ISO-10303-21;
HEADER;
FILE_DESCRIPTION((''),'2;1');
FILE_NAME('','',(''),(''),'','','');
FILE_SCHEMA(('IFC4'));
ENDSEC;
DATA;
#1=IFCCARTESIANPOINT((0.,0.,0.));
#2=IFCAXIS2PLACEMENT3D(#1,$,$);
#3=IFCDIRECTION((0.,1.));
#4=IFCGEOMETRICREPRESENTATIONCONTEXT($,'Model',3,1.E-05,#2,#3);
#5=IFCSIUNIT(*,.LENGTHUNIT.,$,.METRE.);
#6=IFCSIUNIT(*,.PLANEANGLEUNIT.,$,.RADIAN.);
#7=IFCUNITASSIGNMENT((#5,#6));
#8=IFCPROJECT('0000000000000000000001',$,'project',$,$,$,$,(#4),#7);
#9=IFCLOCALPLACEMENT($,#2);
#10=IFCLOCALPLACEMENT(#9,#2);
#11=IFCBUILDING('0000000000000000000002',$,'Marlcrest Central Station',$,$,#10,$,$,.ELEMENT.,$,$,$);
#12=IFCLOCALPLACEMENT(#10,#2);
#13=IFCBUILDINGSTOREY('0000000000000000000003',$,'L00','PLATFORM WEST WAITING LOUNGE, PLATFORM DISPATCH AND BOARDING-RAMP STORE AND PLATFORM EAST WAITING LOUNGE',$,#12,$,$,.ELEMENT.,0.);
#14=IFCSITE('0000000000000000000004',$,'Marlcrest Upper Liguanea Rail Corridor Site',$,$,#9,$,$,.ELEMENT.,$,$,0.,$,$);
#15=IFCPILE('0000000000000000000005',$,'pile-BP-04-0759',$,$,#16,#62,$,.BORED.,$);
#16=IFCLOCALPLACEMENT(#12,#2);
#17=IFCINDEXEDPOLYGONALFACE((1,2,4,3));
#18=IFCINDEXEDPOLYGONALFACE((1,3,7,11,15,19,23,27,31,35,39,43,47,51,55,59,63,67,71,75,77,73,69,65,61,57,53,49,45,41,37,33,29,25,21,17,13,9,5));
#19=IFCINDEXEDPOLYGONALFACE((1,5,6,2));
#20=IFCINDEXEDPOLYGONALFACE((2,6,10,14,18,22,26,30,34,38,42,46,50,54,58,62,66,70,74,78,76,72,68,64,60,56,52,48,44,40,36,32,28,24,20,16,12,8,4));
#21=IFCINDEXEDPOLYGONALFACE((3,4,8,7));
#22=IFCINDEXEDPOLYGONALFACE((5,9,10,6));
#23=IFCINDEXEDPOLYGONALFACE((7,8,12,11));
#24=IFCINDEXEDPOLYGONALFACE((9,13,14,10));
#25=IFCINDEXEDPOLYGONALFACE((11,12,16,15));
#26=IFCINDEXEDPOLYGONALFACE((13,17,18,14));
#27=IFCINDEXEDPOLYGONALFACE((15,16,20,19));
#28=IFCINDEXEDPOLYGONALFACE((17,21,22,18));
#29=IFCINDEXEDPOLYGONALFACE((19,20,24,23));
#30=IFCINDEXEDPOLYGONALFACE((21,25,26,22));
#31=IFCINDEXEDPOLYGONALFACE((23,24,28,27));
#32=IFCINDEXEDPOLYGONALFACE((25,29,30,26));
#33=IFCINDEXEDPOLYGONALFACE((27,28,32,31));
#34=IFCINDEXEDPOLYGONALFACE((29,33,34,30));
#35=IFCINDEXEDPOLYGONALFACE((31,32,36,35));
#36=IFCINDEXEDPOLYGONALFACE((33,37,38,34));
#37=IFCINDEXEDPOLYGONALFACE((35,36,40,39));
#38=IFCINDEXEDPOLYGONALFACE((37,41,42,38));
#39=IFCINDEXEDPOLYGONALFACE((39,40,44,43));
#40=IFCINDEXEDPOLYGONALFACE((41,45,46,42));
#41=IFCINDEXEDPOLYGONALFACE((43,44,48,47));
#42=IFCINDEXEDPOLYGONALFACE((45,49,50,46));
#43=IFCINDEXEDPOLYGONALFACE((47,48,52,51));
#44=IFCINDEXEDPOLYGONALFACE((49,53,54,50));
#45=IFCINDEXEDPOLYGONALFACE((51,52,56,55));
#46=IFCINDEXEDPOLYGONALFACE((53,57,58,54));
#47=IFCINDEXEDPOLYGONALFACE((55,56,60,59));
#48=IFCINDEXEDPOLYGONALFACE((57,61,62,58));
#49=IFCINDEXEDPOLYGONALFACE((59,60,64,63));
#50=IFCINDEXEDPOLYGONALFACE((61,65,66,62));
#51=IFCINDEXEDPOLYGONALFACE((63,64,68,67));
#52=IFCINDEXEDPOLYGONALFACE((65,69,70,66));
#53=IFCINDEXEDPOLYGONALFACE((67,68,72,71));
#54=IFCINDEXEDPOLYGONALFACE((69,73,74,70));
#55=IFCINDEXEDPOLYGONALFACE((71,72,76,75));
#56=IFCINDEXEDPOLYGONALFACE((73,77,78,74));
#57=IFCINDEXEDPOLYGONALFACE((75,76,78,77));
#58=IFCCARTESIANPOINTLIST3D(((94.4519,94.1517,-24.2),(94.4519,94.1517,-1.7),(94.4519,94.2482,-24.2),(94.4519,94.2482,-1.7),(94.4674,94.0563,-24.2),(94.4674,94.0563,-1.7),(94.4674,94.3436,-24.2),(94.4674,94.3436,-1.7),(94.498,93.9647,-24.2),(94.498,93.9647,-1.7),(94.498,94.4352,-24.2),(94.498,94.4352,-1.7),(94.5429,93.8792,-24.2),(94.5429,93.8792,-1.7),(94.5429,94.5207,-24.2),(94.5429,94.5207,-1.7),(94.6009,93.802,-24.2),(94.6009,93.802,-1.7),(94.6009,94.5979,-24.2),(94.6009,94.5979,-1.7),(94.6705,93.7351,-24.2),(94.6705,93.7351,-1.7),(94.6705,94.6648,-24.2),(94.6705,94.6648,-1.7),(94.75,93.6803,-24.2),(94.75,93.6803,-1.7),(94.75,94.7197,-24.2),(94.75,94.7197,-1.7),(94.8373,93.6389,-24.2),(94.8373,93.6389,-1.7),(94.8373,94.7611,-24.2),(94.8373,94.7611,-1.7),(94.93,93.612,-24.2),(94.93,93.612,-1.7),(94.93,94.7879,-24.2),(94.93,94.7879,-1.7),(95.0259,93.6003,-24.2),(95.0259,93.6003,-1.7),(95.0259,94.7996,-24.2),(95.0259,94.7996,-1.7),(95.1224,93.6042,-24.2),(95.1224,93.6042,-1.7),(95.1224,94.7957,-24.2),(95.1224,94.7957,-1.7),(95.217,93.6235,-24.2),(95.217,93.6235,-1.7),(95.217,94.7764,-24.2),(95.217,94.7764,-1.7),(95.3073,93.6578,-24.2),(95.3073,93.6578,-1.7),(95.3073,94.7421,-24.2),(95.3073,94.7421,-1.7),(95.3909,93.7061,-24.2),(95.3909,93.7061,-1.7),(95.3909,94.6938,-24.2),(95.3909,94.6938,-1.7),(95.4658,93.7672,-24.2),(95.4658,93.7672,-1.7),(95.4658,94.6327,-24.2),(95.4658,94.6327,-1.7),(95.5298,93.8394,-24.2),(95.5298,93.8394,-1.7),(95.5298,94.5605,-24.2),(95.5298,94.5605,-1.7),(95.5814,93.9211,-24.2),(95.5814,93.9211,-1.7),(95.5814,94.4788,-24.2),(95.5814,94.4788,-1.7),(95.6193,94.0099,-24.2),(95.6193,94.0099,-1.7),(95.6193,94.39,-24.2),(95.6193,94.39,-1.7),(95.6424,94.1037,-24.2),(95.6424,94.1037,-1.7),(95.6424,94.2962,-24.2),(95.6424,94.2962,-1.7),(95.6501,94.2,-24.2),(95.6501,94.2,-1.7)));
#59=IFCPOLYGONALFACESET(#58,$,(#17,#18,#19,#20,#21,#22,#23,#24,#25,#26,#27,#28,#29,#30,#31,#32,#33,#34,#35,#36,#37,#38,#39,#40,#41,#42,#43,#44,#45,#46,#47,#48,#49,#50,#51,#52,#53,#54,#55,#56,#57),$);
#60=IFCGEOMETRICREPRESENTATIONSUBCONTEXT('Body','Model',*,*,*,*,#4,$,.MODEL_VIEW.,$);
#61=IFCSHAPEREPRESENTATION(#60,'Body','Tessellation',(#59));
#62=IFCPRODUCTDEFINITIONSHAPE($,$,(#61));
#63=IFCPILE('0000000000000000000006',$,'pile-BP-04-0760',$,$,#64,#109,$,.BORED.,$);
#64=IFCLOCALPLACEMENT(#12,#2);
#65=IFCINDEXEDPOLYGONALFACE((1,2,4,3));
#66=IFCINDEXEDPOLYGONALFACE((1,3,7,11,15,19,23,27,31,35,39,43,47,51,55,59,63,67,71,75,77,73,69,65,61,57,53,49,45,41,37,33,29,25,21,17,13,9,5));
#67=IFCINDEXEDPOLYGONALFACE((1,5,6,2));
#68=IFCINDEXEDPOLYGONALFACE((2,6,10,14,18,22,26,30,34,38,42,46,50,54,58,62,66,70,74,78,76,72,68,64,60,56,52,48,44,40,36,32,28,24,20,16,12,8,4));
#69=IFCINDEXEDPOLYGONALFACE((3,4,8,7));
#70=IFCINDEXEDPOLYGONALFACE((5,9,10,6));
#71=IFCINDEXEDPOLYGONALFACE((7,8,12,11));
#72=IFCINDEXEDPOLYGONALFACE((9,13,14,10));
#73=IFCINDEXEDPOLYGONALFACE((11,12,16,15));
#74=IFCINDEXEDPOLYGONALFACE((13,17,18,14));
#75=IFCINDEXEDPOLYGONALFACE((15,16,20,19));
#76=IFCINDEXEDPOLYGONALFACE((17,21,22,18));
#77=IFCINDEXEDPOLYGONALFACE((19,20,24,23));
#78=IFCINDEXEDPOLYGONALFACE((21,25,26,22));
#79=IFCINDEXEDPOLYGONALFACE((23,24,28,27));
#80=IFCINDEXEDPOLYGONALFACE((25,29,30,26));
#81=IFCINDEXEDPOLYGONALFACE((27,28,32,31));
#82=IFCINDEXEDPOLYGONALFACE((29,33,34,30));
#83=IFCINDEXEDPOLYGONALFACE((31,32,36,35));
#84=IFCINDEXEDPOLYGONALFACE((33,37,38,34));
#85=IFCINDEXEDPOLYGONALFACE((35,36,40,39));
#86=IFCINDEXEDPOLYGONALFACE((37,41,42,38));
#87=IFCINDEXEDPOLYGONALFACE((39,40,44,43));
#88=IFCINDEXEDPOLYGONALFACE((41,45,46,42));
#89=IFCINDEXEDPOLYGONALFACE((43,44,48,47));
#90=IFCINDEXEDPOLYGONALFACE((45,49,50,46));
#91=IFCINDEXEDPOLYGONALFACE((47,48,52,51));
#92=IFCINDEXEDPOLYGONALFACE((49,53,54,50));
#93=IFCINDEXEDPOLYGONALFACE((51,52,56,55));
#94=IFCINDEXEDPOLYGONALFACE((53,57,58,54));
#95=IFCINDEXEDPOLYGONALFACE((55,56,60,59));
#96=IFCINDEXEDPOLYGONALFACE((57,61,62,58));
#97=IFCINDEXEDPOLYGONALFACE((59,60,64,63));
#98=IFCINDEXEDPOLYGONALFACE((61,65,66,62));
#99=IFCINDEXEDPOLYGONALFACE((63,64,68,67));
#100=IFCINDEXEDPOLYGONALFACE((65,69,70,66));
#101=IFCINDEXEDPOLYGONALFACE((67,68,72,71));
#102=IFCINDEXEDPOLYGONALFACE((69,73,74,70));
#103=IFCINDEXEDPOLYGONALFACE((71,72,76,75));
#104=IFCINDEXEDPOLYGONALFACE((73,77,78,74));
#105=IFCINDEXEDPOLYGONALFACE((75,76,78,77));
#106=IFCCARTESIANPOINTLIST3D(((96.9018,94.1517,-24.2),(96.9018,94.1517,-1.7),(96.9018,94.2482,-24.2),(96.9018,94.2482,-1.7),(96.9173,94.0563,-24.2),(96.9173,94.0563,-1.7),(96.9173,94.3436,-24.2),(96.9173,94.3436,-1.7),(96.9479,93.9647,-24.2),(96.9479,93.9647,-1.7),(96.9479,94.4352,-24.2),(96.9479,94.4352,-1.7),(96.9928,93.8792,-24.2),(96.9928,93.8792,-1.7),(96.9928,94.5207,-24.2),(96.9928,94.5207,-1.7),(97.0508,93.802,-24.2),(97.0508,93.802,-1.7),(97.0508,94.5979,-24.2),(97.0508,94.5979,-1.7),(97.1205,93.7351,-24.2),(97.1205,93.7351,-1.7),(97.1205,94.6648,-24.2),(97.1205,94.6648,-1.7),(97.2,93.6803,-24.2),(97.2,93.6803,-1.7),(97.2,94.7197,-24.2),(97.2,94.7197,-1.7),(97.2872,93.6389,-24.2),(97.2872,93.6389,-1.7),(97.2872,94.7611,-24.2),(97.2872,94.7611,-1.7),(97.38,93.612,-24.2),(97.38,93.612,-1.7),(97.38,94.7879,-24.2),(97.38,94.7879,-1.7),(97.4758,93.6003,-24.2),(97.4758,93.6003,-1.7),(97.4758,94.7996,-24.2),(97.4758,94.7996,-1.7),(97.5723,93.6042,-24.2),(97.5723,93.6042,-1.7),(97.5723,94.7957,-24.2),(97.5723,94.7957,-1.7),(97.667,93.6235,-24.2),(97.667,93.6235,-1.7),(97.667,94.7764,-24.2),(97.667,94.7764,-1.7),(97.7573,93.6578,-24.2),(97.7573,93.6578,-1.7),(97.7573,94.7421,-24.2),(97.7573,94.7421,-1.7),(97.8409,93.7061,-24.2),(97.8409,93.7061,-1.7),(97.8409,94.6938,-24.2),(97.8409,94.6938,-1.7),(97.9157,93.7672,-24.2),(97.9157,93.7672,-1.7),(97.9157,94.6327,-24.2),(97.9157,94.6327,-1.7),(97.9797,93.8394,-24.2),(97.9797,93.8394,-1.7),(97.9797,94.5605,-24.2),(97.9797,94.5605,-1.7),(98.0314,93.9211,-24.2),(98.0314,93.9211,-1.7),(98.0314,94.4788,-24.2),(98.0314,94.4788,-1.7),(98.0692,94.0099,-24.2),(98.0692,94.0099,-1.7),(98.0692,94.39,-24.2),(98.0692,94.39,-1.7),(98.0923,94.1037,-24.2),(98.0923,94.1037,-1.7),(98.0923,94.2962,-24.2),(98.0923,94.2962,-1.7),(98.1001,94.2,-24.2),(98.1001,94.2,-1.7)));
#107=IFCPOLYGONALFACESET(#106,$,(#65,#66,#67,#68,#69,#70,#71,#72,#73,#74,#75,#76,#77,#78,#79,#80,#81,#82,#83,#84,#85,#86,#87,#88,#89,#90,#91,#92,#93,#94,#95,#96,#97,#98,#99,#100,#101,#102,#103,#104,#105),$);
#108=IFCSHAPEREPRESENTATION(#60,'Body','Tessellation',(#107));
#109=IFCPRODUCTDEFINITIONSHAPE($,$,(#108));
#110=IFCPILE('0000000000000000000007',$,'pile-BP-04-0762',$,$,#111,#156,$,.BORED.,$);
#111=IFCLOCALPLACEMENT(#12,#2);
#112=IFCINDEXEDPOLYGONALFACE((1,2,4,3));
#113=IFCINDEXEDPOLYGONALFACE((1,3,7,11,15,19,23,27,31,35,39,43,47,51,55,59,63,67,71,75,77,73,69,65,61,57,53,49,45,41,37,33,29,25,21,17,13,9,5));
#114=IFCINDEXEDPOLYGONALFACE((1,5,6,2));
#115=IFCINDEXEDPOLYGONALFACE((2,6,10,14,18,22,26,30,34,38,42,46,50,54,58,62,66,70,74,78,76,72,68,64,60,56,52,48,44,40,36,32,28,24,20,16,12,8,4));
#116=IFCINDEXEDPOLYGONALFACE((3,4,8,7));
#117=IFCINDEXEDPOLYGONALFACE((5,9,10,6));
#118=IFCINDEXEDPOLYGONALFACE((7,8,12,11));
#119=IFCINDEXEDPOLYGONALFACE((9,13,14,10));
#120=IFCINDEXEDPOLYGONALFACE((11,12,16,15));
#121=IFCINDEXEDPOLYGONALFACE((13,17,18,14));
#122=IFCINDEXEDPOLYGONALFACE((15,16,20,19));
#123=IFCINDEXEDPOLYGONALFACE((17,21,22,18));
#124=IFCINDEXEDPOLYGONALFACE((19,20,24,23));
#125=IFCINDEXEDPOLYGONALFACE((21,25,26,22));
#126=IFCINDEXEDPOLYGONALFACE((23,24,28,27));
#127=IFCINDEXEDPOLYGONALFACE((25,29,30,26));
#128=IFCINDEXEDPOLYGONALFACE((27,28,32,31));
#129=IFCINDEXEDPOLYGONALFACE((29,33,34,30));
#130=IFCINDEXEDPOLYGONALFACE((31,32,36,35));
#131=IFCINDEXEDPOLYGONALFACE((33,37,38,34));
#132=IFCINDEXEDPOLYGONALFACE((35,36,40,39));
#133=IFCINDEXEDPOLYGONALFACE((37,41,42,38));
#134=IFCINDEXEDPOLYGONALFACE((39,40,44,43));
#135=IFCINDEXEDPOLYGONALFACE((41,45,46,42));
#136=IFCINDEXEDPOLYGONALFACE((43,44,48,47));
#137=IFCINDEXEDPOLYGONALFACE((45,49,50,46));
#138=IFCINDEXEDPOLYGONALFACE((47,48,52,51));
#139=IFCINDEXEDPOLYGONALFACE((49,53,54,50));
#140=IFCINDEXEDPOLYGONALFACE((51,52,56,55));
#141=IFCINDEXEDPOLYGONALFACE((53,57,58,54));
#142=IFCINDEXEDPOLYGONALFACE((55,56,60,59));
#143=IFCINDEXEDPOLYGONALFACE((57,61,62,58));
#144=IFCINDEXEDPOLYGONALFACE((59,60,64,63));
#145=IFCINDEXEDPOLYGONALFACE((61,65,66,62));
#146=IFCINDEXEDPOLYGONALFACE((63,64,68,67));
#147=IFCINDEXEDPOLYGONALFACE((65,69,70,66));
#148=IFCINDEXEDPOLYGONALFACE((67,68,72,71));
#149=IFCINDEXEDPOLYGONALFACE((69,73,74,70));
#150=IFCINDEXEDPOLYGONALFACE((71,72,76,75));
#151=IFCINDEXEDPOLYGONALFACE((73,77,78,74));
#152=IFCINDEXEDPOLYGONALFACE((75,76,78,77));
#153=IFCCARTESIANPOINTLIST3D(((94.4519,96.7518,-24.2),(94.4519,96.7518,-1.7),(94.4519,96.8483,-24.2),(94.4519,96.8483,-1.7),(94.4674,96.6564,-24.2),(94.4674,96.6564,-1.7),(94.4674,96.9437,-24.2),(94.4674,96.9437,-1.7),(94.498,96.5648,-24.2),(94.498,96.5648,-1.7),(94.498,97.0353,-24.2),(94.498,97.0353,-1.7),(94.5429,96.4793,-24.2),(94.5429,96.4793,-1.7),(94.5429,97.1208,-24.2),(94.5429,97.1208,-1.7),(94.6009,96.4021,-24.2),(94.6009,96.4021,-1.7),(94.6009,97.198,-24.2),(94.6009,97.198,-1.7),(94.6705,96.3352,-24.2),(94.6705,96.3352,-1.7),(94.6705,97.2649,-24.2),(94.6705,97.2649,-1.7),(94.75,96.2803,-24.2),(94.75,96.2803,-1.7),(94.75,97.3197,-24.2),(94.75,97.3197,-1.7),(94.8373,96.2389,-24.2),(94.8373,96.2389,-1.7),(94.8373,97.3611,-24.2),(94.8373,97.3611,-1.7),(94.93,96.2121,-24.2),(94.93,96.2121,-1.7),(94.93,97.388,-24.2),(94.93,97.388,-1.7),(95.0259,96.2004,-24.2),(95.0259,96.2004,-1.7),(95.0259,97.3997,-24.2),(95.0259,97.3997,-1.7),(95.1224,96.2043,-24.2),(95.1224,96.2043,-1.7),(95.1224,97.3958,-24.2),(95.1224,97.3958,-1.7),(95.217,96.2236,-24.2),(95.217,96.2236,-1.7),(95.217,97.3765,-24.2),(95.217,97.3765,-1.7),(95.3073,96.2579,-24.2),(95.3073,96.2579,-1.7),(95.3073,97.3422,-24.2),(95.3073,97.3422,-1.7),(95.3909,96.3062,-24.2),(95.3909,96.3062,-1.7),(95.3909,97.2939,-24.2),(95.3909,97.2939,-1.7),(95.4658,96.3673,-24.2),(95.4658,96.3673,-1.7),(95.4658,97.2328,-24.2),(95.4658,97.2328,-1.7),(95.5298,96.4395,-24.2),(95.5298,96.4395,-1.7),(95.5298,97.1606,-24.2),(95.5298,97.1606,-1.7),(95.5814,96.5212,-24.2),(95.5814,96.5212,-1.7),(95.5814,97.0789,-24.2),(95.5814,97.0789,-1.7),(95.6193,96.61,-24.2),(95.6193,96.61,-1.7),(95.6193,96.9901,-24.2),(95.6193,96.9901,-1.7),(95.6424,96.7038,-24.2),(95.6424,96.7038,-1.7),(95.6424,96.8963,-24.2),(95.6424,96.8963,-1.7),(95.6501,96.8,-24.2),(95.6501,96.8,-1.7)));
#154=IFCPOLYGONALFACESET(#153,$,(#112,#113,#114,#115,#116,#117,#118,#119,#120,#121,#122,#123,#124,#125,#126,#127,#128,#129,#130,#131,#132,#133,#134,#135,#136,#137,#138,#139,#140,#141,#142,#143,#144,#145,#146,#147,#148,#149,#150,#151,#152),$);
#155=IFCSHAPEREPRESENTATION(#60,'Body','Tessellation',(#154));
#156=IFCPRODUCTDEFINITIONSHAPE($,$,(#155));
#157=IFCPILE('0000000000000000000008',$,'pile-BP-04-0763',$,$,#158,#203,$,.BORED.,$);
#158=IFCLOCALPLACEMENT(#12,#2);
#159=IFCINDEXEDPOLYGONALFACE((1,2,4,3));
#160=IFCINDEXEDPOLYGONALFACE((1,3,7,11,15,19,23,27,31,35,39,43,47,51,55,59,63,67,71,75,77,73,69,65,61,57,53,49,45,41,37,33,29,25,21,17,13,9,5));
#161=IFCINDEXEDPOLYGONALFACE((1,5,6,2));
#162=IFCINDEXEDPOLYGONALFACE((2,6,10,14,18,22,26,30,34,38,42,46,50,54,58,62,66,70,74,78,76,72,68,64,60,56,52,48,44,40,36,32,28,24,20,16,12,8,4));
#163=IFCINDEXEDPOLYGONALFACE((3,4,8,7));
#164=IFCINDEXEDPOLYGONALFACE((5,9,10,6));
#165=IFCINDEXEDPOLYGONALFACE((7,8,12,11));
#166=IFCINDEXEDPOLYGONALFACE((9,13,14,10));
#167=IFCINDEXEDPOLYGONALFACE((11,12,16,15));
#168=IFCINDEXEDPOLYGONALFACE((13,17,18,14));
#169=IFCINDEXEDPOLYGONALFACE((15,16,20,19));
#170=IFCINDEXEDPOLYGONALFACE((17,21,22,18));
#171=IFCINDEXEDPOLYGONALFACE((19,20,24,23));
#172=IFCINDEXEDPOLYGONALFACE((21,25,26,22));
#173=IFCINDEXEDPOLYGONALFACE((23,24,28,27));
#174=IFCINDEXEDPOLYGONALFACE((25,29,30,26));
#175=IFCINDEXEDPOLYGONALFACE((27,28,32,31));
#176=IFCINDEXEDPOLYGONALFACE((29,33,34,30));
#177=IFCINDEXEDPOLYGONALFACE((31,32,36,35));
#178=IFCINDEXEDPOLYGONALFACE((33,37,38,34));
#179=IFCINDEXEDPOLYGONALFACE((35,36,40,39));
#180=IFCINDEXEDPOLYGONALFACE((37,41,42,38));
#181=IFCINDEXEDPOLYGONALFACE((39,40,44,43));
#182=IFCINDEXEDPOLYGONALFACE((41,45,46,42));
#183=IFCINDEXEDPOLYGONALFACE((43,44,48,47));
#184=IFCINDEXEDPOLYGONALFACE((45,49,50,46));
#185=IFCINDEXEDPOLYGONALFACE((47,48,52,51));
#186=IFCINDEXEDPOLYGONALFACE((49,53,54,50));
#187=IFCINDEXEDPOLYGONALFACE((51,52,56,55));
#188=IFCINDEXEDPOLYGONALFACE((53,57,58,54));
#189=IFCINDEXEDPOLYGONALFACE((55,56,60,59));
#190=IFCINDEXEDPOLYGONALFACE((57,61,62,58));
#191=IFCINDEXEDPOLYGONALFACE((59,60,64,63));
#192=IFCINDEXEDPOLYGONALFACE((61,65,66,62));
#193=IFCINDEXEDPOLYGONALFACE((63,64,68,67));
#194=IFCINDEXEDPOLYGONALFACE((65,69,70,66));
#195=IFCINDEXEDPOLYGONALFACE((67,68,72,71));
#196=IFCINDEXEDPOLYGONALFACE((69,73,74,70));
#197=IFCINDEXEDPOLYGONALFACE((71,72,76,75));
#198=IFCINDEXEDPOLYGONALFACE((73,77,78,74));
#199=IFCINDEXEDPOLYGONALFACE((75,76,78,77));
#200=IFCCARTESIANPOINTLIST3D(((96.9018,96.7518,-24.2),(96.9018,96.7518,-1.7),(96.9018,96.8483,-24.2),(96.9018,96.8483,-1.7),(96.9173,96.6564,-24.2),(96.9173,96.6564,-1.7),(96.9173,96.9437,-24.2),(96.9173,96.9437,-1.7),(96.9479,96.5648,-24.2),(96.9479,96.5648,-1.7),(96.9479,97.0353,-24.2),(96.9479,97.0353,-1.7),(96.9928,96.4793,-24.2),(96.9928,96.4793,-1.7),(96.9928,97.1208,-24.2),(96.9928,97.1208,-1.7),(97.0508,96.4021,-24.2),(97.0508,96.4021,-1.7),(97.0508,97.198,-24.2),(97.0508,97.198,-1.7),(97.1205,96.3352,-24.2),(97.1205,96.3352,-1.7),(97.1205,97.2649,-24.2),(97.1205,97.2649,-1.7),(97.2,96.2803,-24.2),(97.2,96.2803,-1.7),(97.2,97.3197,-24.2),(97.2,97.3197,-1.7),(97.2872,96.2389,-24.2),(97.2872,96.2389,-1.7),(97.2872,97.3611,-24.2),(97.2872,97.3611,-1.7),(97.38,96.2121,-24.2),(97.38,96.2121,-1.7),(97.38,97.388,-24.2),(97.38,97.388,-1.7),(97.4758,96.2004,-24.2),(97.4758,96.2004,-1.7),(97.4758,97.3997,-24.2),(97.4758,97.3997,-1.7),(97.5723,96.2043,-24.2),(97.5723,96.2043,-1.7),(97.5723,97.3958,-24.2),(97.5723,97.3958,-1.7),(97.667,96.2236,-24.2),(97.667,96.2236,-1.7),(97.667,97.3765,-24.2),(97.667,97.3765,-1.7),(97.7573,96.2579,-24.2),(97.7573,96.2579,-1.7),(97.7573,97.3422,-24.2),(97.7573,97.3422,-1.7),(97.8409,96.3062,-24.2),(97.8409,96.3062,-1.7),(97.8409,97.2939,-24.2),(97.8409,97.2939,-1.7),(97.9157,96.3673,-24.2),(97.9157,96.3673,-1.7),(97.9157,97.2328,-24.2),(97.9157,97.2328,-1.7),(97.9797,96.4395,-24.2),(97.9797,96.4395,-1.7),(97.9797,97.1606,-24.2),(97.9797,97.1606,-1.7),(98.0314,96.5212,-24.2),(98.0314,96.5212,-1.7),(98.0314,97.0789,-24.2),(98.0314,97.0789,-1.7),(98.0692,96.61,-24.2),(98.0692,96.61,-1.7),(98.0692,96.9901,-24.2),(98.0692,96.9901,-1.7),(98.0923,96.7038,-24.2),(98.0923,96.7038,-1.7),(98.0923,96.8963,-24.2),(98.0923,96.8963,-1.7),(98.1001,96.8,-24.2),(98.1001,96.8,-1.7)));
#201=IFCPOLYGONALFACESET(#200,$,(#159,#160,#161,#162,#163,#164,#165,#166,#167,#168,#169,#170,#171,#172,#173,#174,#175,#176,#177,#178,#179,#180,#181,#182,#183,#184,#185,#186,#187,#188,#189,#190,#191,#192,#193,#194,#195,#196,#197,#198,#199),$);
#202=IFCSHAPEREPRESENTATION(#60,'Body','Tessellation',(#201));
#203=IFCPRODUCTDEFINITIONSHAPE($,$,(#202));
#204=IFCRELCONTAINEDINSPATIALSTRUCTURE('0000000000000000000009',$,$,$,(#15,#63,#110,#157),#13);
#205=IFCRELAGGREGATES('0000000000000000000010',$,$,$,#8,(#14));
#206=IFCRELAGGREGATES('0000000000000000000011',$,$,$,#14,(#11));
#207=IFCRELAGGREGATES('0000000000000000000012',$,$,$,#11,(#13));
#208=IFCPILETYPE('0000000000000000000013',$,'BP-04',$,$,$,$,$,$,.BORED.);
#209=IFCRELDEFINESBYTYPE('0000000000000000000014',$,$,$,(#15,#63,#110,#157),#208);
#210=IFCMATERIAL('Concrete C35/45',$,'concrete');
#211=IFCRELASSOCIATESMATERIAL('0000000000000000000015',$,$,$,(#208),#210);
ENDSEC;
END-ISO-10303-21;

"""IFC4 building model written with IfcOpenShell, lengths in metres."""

from ifc_helpers import new_model, si_unit, direction, frame, origin, origin_2d, place, context, subcontext, project, spatial, circle, extrude, material, material_profile, profile_set, type_object, element, save


model = new_model("IFC4")

# Units and contexts
model_context = context("Model", 3, precision=1e-05, world=origin(), true_north=direction((0.0, 1.0)))
body_context = subcontext(model_context, "Body", "Model", "MODEL_VIEW")
ifc_project = project(units=[si_unit("LENGTHUNIT", "METRE"), si_unit("PLANEANGLEUNIT", "RADIAN")], contexts=[model_context])

# Site, building, storey
site_placement = place(None, origin())
site = spatial("IfcSite", under=ifc_project, at=site_placement, Name="Marlcrest Upper Liguanea Rail Corridor Site", CompositionType="ELEMENT", RefElevation=0.0)
building_placement = place(site_placement, origin())
building = spatial("IfcBuilding", under=site, at=building_placement, Name="Marlcrest Central Station", CompositionType="ELEMENT")
storey_placement = place(building_placement, origin())
storey = spatial("IfcBuildingStorey", under=building, at=storey_placement, Name="L00", Description="PLATFORM WEST WAITING LOUNGE, PLATFORM DISPATCH AND BOARDING-RAMP STORE AND PLATFORM EAST WAITING LOUNGE", CompositionType="ELEMENT", Elevation=0.0)

# Piles
ifc_material_1 = material(Name="Concrete C35/45", Category="concrete")
ifc_material_profile_1 = material_profile(ifc_material_1, circle(Radius=0.6001, at=origin_2d()), Name="PILE D1200")
ifc_profile_set_1 = profile_set([ifc_material_profile_1], Name="Concrete C35/45")
pile_type = type_object("IfcPileType", Name="BP-04", PredefinedType="BORED", material=ifc_profile_set_1)
for number, where, z_axis, x_axis, name in (
    (1, (95.05, 94.2, -1.7), (0.0, 0.0, -1.0), (1.0, 0.0, 0.0), "pile-BP-04-0759"),
    (2, (97.5, 94.2, -1.7), (0.0, 0.0, -1.0), (1.0, 0.0, 0.0), "pile-BP-04-0760"),
    (3, (95.05, 96.8, -1.7), (0.0, 0.0, -1.0), (1.0, 0.0, 0.0), "pile-BP-04-0762"),
    (4, (97.5, 96.8, -1.7), (0.0, 0.0, -1.0), (1.0, 0.0, 0.0), "pile-BP-04-0763"),
):
    element("IfcPile", number, at=place(storey_placement, frame(where, z_axis=z_axis, x_axis=x_axis)), inside=storey, type_object=pile_type, Name=name, PredefinedType="BORED", context=body_context, shape_type="SweptSolid", body=[
        extrude(circle(Radius=0.6001, at=origin_2d()), origin(), (0.0, 0.0, 1.0), 22.5),
    ])

save(model, "model.ifc")
